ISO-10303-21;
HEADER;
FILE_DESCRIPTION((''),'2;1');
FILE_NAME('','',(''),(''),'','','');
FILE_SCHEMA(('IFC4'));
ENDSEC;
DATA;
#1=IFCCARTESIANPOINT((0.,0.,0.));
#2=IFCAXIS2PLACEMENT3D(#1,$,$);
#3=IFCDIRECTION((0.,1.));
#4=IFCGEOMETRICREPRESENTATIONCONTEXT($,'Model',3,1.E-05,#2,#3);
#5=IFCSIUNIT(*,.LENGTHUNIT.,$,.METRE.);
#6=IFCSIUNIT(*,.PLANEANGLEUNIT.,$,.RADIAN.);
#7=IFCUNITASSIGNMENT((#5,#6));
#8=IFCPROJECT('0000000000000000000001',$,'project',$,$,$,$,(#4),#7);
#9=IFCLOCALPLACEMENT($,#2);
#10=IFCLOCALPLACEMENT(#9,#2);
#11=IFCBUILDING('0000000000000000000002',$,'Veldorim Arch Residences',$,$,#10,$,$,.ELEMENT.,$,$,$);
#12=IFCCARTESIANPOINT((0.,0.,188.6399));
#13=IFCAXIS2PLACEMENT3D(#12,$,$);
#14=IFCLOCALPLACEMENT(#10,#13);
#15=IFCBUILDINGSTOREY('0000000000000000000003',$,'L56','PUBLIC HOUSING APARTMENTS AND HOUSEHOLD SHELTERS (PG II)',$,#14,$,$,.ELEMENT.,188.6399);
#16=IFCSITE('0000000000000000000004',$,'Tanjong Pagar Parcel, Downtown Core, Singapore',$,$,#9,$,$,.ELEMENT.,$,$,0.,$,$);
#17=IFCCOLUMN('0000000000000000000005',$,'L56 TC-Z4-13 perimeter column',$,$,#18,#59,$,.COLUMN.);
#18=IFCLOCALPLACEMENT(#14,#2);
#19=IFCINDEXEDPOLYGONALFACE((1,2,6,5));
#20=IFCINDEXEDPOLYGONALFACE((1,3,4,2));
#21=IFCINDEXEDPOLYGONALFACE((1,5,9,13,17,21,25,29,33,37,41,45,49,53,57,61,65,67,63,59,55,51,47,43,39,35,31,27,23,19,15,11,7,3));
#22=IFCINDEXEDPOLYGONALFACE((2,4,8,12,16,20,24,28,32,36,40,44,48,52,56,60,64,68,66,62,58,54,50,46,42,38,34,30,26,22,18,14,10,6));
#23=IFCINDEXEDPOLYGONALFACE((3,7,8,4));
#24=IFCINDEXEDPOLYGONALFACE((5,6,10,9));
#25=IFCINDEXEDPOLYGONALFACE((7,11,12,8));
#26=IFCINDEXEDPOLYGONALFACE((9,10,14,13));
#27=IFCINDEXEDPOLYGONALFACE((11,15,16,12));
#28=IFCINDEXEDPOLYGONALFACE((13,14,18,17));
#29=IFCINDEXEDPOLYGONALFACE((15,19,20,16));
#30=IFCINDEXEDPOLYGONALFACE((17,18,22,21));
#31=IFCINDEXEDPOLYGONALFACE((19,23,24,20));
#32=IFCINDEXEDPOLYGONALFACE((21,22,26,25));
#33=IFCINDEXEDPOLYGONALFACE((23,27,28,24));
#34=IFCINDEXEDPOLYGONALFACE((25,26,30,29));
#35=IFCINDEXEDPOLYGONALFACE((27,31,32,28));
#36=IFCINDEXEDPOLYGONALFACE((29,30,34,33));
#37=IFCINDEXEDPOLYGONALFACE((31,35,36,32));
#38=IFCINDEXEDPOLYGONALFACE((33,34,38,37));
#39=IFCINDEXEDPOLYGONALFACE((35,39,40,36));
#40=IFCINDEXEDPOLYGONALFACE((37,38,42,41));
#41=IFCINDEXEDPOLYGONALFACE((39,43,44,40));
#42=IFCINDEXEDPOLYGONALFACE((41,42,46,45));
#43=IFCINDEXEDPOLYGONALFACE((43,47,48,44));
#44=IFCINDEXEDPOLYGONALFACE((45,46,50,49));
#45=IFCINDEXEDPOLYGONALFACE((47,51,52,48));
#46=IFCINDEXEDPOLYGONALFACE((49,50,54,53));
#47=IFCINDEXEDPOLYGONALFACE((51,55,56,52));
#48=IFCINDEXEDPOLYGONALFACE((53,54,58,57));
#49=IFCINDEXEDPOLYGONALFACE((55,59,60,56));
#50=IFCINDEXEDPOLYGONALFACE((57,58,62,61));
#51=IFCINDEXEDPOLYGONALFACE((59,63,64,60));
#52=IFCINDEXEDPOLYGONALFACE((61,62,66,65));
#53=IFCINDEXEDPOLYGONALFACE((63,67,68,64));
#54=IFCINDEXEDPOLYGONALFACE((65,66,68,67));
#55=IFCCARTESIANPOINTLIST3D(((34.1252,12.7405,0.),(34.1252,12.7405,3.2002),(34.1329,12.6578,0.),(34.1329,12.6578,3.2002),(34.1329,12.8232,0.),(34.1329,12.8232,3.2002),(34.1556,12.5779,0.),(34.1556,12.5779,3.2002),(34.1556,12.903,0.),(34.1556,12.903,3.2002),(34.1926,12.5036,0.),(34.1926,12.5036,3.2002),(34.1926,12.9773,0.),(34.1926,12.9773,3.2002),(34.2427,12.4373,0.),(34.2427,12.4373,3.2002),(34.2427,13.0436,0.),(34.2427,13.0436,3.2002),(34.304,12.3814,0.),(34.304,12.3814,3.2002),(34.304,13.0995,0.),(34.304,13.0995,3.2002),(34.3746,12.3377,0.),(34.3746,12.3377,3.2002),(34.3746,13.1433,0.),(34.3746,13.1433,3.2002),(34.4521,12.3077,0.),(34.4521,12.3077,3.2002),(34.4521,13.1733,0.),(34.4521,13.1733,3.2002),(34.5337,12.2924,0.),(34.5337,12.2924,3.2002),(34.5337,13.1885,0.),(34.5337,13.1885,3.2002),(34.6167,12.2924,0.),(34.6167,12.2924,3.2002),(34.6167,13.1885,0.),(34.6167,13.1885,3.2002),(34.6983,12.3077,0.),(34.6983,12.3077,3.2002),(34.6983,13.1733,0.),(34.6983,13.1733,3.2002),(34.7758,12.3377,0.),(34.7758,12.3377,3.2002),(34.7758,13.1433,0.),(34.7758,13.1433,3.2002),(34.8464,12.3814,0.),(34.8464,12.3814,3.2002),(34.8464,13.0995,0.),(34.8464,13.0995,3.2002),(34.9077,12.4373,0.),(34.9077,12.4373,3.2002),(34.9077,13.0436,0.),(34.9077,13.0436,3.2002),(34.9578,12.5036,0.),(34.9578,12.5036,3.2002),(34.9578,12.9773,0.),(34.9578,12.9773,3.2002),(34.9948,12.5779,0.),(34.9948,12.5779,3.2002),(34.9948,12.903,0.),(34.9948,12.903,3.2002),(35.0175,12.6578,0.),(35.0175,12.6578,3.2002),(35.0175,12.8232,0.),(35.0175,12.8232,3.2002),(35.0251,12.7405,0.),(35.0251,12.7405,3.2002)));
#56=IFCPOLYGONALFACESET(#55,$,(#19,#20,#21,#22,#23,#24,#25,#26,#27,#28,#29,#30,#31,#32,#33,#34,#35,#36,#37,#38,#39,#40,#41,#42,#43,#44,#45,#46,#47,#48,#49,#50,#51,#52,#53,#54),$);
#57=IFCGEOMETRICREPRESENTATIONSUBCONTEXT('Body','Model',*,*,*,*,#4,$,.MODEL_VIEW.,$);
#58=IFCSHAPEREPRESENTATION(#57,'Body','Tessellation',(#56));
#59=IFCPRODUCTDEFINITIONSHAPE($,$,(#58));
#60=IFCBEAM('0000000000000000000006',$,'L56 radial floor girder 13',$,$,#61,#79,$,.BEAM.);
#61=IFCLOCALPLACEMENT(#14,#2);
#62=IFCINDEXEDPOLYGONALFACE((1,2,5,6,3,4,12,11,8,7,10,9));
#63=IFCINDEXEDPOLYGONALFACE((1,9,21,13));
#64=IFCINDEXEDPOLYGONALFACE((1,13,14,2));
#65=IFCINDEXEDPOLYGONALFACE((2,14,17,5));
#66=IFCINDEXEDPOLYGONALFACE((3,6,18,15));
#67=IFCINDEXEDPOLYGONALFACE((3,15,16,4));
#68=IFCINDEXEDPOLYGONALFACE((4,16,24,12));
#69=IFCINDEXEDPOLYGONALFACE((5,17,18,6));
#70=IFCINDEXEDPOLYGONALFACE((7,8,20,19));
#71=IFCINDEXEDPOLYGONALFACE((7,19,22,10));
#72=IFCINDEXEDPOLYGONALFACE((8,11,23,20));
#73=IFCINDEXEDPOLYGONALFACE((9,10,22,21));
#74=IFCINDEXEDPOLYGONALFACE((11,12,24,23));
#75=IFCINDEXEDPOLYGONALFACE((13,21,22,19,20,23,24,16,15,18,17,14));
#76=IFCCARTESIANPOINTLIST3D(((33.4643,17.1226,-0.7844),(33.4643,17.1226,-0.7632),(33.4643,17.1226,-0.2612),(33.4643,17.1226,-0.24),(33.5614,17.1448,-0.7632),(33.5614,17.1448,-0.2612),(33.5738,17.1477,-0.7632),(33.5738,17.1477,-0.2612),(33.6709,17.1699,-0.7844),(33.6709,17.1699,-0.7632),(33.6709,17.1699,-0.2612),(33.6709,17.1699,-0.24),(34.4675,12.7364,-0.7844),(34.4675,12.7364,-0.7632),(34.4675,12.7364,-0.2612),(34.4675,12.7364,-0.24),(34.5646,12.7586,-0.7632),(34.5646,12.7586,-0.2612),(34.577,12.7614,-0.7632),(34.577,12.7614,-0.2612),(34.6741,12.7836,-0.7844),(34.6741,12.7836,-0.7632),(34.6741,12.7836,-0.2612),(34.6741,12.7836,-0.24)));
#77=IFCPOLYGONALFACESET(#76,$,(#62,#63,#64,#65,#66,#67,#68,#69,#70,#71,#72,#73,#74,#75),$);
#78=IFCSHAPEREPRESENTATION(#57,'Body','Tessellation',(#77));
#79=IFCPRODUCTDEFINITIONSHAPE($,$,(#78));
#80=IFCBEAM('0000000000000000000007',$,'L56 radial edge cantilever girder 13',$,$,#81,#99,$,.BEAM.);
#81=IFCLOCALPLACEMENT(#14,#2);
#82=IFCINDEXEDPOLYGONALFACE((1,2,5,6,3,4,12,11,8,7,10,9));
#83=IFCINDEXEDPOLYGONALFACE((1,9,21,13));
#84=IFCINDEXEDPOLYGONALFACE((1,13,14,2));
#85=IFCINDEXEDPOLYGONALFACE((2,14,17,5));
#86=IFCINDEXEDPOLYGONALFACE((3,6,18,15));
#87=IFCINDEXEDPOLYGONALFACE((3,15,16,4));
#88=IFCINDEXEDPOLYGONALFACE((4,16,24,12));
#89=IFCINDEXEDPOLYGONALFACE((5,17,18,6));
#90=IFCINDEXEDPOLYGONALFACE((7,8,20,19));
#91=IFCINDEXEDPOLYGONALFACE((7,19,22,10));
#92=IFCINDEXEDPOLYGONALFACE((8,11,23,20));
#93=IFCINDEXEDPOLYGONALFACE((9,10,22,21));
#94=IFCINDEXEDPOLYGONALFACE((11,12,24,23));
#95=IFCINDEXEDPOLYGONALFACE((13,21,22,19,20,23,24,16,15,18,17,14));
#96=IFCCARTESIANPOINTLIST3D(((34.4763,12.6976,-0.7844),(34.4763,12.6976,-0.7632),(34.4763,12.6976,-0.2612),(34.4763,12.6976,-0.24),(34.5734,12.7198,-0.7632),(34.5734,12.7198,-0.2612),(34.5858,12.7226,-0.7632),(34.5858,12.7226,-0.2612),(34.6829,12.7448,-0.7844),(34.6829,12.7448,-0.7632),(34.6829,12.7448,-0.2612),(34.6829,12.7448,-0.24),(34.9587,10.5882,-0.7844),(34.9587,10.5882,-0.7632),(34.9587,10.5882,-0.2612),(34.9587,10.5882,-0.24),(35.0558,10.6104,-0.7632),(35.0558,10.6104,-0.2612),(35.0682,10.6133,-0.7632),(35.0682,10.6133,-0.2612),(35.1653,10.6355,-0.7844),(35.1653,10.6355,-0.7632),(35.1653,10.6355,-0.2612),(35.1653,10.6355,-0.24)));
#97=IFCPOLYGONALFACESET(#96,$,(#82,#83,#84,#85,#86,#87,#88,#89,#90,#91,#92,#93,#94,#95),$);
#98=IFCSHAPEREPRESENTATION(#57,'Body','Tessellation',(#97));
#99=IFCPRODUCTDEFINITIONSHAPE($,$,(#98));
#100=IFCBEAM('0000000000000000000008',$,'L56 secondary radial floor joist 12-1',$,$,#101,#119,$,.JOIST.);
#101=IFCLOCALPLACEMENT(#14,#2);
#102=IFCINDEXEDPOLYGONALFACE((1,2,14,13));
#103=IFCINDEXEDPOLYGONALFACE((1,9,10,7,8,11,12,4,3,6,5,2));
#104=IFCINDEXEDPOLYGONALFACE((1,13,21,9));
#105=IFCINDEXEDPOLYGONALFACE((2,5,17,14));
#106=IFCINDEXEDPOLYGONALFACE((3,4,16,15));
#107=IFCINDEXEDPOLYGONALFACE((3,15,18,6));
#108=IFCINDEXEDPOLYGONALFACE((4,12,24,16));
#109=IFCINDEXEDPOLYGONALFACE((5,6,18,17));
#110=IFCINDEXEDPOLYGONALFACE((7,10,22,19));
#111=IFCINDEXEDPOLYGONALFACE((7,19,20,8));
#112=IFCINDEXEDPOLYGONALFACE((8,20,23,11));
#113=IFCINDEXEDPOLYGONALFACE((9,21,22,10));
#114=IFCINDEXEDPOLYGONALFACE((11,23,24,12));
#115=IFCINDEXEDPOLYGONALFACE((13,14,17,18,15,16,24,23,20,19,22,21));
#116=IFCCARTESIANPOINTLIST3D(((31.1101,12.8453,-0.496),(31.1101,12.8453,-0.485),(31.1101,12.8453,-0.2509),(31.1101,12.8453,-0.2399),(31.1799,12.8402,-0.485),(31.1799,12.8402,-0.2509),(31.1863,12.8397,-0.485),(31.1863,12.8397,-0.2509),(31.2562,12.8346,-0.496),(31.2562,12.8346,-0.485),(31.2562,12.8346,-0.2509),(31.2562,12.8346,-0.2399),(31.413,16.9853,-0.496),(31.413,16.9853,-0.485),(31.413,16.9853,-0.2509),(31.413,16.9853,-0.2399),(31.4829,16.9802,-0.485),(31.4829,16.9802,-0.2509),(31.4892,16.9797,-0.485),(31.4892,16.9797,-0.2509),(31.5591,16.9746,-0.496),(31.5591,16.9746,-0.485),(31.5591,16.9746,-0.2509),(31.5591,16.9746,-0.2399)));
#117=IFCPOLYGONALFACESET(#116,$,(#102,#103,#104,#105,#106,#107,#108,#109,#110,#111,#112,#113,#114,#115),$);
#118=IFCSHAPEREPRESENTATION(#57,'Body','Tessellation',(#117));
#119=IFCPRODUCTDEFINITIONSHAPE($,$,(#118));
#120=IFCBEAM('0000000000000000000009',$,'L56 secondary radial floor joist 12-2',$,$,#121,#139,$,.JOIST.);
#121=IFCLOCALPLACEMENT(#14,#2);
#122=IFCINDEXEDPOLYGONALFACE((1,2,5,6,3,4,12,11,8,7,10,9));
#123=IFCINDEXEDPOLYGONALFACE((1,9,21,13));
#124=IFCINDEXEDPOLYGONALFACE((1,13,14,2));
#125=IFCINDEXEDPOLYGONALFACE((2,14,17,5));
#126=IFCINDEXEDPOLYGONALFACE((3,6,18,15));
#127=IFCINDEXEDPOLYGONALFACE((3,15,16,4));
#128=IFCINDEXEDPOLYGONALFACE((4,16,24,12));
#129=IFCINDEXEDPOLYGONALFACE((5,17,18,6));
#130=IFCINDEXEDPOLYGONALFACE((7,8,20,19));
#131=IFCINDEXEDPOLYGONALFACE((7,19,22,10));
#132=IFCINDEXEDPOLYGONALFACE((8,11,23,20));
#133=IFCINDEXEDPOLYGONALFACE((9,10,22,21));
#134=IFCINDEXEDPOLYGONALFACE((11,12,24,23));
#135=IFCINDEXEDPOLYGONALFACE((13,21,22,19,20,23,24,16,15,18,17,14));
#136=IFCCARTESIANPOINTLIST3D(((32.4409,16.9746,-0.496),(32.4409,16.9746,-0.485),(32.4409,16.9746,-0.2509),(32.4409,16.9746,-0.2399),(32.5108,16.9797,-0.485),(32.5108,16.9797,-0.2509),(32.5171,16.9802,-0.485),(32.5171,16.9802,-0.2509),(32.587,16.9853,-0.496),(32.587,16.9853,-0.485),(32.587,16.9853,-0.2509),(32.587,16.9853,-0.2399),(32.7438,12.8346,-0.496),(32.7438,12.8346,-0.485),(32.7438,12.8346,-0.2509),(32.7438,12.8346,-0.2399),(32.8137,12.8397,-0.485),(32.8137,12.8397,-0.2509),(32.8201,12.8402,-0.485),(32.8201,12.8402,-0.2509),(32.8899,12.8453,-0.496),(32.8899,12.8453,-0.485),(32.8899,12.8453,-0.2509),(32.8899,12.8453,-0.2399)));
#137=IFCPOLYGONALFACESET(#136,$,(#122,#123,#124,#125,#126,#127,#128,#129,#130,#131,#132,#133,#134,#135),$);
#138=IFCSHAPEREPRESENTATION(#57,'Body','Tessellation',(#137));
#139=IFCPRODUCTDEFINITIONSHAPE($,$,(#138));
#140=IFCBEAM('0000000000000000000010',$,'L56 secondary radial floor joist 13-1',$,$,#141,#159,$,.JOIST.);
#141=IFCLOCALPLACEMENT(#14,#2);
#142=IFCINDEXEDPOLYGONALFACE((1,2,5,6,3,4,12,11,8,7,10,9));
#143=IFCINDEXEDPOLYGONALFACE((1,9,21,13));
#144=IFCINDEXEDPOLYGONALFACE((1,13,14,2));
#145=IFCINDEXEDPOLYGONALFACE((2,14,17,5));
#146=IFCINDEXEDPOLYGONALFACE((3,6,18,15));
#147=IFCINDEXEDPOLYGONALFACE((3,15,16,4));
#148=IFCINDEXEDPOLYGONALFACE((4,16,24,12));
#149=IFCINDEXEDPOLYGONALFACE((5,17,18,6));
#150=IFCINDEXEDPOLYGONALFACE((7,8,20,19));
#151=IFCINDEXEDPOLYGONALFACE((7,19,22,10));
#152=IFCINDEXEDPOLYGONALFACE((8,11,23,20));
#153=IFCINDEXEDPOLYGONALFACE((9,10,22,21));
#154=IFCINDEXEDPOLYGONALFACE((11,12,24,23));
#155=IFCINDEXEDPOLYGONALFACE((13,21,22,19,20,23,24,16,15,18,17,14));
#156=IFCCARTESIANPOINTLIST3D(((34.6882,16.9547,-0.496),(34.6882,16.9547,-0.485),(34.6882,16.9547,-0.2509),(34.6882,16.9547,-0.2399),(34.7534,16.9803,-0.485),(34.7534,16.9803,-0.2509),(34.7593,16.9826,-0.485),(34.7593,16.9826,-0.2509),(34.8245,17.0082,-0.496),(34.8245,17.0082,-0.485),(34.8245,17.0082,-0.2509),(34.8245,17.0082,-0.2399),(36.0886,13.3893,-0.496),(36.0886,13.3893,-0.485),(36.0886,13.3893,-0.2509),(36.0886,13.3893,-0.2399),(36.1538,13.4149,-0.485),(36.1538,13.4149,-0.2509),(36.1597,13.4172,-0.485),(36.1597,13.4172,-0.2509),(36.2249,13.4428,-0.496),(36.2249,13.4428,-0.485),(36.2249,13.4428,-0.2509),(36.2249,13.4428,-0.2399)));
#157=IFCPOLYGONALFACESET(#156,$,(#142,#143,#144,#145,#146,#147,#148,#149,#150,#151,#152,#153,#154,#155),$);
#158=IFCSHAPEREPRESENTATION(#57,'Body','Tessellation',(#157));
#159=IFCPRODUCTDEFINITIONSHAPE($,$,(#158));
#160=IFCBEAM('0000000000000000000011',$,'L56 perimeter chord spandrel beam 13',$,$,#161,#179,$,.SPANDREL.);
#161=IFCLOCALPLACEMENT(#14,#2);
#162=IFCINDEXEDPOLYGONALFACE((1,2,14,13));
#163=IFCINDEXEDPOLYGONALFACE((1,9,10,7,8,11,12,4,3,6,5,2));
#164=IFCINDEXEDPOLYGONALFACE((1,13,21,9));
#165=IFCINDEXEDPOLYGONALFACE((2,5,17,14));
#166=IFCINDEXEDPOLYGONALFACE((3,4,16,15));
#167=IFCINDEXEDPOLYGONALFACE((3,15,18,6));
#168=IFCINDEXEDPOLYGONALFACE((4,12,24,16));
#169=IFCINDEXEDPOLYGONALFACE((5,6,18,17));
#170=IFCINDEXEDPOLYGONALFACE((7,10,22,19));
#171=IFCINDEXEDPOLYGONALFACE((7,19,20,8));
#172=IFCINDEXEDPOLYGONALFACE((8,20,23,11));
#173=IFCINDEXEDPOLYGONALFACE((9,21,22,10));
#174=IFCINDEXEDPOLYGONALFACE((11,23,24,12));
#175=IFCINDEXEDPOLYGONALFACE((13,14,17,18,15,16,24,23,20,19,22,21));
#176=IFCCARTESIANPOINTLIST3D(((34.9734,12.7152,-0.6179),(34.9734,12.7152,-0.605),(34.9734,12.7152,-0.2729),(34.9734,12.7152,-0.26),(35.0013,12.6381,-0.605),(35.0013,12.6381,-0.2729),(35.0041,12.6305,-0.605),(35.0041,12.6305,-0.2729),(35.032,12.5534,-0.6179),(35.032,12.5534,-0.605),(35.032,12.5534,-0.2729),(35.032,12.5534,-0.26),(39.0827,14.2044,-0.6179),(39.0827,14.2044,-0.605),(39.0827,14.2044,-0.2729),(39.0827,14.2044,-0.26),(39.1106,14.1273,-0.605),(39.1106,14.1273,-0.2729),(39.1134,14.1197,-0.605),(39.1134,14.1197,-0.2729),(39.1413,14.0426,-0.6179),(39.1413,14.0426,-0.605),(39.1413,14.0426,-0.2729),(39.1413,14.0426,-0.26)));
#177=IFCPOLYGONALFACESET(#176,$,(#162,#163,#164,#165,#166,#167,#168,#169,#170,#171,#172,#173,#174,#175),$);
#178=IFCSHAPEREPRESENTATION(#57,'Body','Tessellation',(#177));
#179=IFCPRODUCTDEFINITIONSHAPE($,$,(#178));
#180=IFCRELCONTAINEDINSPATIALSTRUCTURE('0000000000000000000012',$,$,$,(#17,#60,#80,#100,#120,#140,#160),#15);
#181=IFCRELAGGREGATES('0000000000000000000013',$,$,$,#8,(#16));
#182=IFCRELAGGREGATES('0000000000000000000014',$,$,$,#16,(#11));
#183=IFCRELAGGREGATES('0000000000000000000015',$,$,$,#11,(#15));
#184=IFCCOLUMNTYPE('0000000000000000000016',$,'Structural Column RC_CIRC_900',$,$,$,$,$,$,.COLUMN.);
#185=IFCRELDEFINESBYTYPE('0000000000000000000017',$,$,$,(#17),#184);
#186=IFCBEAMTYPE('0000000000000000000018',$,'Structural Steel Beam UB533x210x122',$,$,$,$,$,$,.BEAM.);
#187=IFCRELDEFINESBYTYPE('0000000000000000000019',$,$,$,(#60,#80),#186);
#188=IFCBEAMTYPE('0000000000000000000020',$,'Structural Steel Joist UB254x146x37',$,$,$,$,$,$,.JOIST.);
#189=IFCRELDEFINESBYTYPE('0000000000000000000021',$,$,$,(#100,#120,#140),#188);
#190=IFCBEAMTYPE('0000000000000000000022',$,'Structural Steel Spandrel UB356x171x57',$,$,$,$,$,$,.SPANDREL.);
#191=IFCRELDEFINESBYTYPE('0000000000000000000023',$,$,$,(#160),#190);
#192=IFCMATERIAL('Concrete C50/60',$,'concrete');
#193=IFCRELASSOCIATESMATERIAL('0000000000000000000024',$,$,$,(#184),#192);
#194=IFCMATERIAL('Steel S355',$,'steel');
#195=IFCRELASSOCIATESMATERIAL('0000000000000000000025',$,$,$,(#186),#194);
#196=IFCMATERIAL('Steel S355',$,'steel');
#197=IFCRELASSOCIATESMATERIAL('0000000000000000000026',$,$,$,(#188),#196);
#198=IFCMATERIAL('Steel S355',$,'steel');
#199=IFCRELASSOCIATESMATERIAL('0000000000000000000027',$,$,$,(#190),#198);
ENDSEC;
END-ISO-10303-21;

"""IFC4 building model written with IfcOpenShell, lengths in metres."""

from ifc_helpers import new_model, si_unit, direction, frame, origin, origin_2d, place, context, subcontext, project, spatial, circle, i_section, extrude, material, material_profile, profile_set, type_object, element, save


model = new_model("IFC4")

# Units and contexts
model_context = context("Model", 3, precision=1e-05, world=origin(), true_north=direction((0.0, 1.0)))
body_context = subcontext(model_context, "Body", "Model", "MODEL_VIEW")
ifc_project = project(units=[si_unit("LENGTHUNIT", "METRE"), si_unit("PLANEANGLEUNIT", "RADIAN")], contexts=[model_context])

# Site, building, storey
site_placement = place(None, origin())
site = spatial("IfcSite", under=ifc_project, at=site_placement, Name="Tanjong Pagar Parcel, Downtown Core, Singapore", CompositionType="ELEMENT", RefElevation=0.0)
building_placement = place(site_placement, origin())
building = spatial("IfcBuilding", under=site, at=building_placement, Name="Veldorim Arch Residences", CompositionType="ELEMENT")
storey_placement = place(building_placement, frame((0.0, 0.0, 188.6399)))
storey = spatial("IfcBuildingStorey", under=building, at=storey_placement, Name="L56", Description="PUBLIC HOUSING APARTMENTS AND HOUSEHOLD SHELTERS (PG II)", CompositionType="ELEMENT", Elevation=188.6399)

# Column
ifc_material_1 = material(Name="Concrete C50/60", Category="concrete")
ifc_material_profile_1 = material_profile(ifc_material_1, circle(Radius=0.45, at=origin_2d()), Name="RC_CIRC_900")
ifc_profile_set_1 = profile_set([ifc_material_profile_1], Name="Concrete C50/60")
column_type = type_object("IfcColumnType", Name="Structural Column RC_CIRC_900", PredefinedType="COLUMN", material=ifc_profile_set_1)
column_placement = place(storey_placement, frame((34.5752, 12.7405, 0.0), z_axis=(0.0, 0.0, 1.0), x_axis=(1.0, 0.0, 0.0)))
element("IfcColumn", 1, at=column_placement, inside=storey, type_object=column_type, Name="L56 TC-Z4-13 perimeter column", PredefinedType="COLUMN", context=body_context, shape_type="SweptSolid", body=[
    extrude(circle(Radius=0.45, at=origin_2d()), origin(), (0.0, 0.0, 1.0), 3.2002),
])

# Beams
ifc_material_2 = material(Name="Steel S355", Category="steel")
ifc_material_profile_2 = material_profile(ifc_material_2, i_section(OverallWidth=0.2119, OverallDepth=0.5444, WebThickness=0.0127, FlangeThickness=0.0212, at=origin_2d()), Name="UB533x210x122")
ifc_profile_set_2 = profile_set([ifc_material_profile_2], Name="Steel S355")
beam_type_1 = type_object("IfcBeamType", Name="Structural Steel Beam UB533x210x122", PredefinedType="BEAM", material=ifc_profile_set_2)
beam_1_placement = place(storey_placement, frame((33.5676, 17.1462, -0.5122), z_axis=(0.222953, -0.974829, 0.0), x_axis=(0.974829, 0.222953, 0.0)))
element("IfcBeam", 2, at=beam_1_placement, inside=storey, type_object=beam_type_1, Name="L56 radial floor girder 13", PredefinedType="BEAM", context=body_context, shape_type="SweptSolid", body=[
    extrude(i_section(OverallWidth=0.2119, OverallDepth=0.5444, WebThickness=0.0127, FlangeThickness=0.0212, at=origin_2d()), origin(), (0.0, 0.0, 1.0), 4.4995),
])
beam_2_placement = place(storey_placement, frame((34.5796, 12.7212, -0.5122), z_axis=(0.222947, -0.97483, 0.0), x_axis=(0.97483, 0.222947, 0.0)))
element("IfcBeam", 3, at=beam_2_placement, inside=storey, type_object=beam_type_1, Name="L56 radial edge cantilever girder 13", PredefinedType="BEAM", context=body_context, shape_type="SweptSolid", body=[
    extrude(i_section(OverallWidth=0.2119, OverallDepth=0.5444, WebThickness=0.0127, FlangeThickness=0.0212, at=origin_2d()), origin(), (0.0, 0.0, 1.0), 2.1638),
])
ifc_material_3 = material(Name="Steel S355", Category="steel")
ifc_material_profile_3 = material_profile(ifc_material_3, i_section(OverallWidth=0.1465, OverallDepth=0.2561, WebThickness=0.0063, FlangeThickness=0.011, at=origin_2d()), Name="UB254x146x37")
ifc_profile_set_3 = profile_set([ifc_material_profile_3], Name="Steel S355")
beam_type_2 = type_object("IfcBeamType", Name="Structural Steel Joist UB254x146x37", PredefinedType="JOIST", material=ifc_profile_set_3)
for number, where, z_axis, x_axis, name in (
    (4, (31.4861, 16.98, -0.3679), (-0.072986, -0.997333, 0.0), (0.997333, -0.072986, 0.0), "L56 secondary radial floor joist 12-1"),
    (5, (32.5139, 16.98, -0.3679), (0.072986, -0.997333, 0.0), (0.997333, 0.072986, 0.0), "L56 secondary radial floor joist 12-2"),
):
    element("IfcBeam", number, at=place(storey_placement, frame(where, z_axis=z_axis, x_axis=x_axis)), inside=storey, type_object=beam_type_2, Name=name, PredefinedType="JOIST", context=body_context, shape_type="SweptSolid", body=[
        extrude(i_section(OverallWidth=0.1465, OverallDepth=0.2561, WebThickness=0.0063, FlangeThickness=0.011, at=origin_2d()), origin(), (0.0, 0.0, 1.0), 4.1511),
    ])
beam_3_placement = place(storey_placement, frame((34.7563, 16.9814, -0.3679), z_axis=(0.365581, -0.930779, 0.0), x_axis=(0.930779, 0.365581, 0.0)))
element("IfcBeam", 6, at=beam_3_placement, inside=storey, type_object=beam_type_2, Name="L56 secondary radial floor joist 13-1", PredefinedType="JOIST", context=body_context, shape_type="SweptSolid", body=[
    extrude(i_section(OverallWidth=0.1465, OverallDepth=0.2561, WebThickness=0.0063, FlangeThickness=0.011, at=origin_2d()), origin(), (0.0, 0.0, 1.0), 3.8306),
])
ifc_material_4 = material(Name="Steel S355", Category="steel")
ifc_material_profile_4 = material_profile(ifc_material_4, i_section(OverallWidth=0.1721, OverallDepth=0.3579, WebThickness=0.0081, FlangeThickness=0.0129, at=origin_2d()), Name="UB356x171x57")
ifc_profile_set_4 = profile_set([ifc_material_profile_4], Name="Steel S355")
beam_type_3 = type_object("IfcBeamType", Name="Structural Steel Spandrel UB356x171x57", PredefinedType="SPANDREL", material=ifc_profile_set_4)
beam_4_placement = place(storey_placement, frame((35.0027, 12.6343, -0.439), z_axis=(0.940165, 0.34072, 0.0), x_axis=(-0.34072, 0.940165, 0.0)))
element("IfcBeam", 7, at=beam_4_placement, inside=storey, type_object=beam_type_3, Name="L56 perimeter chord spandrel beam 13", PredefinedType="SPANDREL", context=body_context, shape_type="SweptSolid", body=[
    extrude(i_section(OverallWidth=0.1721, OverallDepth=0.3579, WebThickness=0.0081, FlangeThickness=0.0129, at=origin_2d()), origin(), (0.0, 0.0, 1.0), 4.3708),
])

save(model, "model.ifc")
